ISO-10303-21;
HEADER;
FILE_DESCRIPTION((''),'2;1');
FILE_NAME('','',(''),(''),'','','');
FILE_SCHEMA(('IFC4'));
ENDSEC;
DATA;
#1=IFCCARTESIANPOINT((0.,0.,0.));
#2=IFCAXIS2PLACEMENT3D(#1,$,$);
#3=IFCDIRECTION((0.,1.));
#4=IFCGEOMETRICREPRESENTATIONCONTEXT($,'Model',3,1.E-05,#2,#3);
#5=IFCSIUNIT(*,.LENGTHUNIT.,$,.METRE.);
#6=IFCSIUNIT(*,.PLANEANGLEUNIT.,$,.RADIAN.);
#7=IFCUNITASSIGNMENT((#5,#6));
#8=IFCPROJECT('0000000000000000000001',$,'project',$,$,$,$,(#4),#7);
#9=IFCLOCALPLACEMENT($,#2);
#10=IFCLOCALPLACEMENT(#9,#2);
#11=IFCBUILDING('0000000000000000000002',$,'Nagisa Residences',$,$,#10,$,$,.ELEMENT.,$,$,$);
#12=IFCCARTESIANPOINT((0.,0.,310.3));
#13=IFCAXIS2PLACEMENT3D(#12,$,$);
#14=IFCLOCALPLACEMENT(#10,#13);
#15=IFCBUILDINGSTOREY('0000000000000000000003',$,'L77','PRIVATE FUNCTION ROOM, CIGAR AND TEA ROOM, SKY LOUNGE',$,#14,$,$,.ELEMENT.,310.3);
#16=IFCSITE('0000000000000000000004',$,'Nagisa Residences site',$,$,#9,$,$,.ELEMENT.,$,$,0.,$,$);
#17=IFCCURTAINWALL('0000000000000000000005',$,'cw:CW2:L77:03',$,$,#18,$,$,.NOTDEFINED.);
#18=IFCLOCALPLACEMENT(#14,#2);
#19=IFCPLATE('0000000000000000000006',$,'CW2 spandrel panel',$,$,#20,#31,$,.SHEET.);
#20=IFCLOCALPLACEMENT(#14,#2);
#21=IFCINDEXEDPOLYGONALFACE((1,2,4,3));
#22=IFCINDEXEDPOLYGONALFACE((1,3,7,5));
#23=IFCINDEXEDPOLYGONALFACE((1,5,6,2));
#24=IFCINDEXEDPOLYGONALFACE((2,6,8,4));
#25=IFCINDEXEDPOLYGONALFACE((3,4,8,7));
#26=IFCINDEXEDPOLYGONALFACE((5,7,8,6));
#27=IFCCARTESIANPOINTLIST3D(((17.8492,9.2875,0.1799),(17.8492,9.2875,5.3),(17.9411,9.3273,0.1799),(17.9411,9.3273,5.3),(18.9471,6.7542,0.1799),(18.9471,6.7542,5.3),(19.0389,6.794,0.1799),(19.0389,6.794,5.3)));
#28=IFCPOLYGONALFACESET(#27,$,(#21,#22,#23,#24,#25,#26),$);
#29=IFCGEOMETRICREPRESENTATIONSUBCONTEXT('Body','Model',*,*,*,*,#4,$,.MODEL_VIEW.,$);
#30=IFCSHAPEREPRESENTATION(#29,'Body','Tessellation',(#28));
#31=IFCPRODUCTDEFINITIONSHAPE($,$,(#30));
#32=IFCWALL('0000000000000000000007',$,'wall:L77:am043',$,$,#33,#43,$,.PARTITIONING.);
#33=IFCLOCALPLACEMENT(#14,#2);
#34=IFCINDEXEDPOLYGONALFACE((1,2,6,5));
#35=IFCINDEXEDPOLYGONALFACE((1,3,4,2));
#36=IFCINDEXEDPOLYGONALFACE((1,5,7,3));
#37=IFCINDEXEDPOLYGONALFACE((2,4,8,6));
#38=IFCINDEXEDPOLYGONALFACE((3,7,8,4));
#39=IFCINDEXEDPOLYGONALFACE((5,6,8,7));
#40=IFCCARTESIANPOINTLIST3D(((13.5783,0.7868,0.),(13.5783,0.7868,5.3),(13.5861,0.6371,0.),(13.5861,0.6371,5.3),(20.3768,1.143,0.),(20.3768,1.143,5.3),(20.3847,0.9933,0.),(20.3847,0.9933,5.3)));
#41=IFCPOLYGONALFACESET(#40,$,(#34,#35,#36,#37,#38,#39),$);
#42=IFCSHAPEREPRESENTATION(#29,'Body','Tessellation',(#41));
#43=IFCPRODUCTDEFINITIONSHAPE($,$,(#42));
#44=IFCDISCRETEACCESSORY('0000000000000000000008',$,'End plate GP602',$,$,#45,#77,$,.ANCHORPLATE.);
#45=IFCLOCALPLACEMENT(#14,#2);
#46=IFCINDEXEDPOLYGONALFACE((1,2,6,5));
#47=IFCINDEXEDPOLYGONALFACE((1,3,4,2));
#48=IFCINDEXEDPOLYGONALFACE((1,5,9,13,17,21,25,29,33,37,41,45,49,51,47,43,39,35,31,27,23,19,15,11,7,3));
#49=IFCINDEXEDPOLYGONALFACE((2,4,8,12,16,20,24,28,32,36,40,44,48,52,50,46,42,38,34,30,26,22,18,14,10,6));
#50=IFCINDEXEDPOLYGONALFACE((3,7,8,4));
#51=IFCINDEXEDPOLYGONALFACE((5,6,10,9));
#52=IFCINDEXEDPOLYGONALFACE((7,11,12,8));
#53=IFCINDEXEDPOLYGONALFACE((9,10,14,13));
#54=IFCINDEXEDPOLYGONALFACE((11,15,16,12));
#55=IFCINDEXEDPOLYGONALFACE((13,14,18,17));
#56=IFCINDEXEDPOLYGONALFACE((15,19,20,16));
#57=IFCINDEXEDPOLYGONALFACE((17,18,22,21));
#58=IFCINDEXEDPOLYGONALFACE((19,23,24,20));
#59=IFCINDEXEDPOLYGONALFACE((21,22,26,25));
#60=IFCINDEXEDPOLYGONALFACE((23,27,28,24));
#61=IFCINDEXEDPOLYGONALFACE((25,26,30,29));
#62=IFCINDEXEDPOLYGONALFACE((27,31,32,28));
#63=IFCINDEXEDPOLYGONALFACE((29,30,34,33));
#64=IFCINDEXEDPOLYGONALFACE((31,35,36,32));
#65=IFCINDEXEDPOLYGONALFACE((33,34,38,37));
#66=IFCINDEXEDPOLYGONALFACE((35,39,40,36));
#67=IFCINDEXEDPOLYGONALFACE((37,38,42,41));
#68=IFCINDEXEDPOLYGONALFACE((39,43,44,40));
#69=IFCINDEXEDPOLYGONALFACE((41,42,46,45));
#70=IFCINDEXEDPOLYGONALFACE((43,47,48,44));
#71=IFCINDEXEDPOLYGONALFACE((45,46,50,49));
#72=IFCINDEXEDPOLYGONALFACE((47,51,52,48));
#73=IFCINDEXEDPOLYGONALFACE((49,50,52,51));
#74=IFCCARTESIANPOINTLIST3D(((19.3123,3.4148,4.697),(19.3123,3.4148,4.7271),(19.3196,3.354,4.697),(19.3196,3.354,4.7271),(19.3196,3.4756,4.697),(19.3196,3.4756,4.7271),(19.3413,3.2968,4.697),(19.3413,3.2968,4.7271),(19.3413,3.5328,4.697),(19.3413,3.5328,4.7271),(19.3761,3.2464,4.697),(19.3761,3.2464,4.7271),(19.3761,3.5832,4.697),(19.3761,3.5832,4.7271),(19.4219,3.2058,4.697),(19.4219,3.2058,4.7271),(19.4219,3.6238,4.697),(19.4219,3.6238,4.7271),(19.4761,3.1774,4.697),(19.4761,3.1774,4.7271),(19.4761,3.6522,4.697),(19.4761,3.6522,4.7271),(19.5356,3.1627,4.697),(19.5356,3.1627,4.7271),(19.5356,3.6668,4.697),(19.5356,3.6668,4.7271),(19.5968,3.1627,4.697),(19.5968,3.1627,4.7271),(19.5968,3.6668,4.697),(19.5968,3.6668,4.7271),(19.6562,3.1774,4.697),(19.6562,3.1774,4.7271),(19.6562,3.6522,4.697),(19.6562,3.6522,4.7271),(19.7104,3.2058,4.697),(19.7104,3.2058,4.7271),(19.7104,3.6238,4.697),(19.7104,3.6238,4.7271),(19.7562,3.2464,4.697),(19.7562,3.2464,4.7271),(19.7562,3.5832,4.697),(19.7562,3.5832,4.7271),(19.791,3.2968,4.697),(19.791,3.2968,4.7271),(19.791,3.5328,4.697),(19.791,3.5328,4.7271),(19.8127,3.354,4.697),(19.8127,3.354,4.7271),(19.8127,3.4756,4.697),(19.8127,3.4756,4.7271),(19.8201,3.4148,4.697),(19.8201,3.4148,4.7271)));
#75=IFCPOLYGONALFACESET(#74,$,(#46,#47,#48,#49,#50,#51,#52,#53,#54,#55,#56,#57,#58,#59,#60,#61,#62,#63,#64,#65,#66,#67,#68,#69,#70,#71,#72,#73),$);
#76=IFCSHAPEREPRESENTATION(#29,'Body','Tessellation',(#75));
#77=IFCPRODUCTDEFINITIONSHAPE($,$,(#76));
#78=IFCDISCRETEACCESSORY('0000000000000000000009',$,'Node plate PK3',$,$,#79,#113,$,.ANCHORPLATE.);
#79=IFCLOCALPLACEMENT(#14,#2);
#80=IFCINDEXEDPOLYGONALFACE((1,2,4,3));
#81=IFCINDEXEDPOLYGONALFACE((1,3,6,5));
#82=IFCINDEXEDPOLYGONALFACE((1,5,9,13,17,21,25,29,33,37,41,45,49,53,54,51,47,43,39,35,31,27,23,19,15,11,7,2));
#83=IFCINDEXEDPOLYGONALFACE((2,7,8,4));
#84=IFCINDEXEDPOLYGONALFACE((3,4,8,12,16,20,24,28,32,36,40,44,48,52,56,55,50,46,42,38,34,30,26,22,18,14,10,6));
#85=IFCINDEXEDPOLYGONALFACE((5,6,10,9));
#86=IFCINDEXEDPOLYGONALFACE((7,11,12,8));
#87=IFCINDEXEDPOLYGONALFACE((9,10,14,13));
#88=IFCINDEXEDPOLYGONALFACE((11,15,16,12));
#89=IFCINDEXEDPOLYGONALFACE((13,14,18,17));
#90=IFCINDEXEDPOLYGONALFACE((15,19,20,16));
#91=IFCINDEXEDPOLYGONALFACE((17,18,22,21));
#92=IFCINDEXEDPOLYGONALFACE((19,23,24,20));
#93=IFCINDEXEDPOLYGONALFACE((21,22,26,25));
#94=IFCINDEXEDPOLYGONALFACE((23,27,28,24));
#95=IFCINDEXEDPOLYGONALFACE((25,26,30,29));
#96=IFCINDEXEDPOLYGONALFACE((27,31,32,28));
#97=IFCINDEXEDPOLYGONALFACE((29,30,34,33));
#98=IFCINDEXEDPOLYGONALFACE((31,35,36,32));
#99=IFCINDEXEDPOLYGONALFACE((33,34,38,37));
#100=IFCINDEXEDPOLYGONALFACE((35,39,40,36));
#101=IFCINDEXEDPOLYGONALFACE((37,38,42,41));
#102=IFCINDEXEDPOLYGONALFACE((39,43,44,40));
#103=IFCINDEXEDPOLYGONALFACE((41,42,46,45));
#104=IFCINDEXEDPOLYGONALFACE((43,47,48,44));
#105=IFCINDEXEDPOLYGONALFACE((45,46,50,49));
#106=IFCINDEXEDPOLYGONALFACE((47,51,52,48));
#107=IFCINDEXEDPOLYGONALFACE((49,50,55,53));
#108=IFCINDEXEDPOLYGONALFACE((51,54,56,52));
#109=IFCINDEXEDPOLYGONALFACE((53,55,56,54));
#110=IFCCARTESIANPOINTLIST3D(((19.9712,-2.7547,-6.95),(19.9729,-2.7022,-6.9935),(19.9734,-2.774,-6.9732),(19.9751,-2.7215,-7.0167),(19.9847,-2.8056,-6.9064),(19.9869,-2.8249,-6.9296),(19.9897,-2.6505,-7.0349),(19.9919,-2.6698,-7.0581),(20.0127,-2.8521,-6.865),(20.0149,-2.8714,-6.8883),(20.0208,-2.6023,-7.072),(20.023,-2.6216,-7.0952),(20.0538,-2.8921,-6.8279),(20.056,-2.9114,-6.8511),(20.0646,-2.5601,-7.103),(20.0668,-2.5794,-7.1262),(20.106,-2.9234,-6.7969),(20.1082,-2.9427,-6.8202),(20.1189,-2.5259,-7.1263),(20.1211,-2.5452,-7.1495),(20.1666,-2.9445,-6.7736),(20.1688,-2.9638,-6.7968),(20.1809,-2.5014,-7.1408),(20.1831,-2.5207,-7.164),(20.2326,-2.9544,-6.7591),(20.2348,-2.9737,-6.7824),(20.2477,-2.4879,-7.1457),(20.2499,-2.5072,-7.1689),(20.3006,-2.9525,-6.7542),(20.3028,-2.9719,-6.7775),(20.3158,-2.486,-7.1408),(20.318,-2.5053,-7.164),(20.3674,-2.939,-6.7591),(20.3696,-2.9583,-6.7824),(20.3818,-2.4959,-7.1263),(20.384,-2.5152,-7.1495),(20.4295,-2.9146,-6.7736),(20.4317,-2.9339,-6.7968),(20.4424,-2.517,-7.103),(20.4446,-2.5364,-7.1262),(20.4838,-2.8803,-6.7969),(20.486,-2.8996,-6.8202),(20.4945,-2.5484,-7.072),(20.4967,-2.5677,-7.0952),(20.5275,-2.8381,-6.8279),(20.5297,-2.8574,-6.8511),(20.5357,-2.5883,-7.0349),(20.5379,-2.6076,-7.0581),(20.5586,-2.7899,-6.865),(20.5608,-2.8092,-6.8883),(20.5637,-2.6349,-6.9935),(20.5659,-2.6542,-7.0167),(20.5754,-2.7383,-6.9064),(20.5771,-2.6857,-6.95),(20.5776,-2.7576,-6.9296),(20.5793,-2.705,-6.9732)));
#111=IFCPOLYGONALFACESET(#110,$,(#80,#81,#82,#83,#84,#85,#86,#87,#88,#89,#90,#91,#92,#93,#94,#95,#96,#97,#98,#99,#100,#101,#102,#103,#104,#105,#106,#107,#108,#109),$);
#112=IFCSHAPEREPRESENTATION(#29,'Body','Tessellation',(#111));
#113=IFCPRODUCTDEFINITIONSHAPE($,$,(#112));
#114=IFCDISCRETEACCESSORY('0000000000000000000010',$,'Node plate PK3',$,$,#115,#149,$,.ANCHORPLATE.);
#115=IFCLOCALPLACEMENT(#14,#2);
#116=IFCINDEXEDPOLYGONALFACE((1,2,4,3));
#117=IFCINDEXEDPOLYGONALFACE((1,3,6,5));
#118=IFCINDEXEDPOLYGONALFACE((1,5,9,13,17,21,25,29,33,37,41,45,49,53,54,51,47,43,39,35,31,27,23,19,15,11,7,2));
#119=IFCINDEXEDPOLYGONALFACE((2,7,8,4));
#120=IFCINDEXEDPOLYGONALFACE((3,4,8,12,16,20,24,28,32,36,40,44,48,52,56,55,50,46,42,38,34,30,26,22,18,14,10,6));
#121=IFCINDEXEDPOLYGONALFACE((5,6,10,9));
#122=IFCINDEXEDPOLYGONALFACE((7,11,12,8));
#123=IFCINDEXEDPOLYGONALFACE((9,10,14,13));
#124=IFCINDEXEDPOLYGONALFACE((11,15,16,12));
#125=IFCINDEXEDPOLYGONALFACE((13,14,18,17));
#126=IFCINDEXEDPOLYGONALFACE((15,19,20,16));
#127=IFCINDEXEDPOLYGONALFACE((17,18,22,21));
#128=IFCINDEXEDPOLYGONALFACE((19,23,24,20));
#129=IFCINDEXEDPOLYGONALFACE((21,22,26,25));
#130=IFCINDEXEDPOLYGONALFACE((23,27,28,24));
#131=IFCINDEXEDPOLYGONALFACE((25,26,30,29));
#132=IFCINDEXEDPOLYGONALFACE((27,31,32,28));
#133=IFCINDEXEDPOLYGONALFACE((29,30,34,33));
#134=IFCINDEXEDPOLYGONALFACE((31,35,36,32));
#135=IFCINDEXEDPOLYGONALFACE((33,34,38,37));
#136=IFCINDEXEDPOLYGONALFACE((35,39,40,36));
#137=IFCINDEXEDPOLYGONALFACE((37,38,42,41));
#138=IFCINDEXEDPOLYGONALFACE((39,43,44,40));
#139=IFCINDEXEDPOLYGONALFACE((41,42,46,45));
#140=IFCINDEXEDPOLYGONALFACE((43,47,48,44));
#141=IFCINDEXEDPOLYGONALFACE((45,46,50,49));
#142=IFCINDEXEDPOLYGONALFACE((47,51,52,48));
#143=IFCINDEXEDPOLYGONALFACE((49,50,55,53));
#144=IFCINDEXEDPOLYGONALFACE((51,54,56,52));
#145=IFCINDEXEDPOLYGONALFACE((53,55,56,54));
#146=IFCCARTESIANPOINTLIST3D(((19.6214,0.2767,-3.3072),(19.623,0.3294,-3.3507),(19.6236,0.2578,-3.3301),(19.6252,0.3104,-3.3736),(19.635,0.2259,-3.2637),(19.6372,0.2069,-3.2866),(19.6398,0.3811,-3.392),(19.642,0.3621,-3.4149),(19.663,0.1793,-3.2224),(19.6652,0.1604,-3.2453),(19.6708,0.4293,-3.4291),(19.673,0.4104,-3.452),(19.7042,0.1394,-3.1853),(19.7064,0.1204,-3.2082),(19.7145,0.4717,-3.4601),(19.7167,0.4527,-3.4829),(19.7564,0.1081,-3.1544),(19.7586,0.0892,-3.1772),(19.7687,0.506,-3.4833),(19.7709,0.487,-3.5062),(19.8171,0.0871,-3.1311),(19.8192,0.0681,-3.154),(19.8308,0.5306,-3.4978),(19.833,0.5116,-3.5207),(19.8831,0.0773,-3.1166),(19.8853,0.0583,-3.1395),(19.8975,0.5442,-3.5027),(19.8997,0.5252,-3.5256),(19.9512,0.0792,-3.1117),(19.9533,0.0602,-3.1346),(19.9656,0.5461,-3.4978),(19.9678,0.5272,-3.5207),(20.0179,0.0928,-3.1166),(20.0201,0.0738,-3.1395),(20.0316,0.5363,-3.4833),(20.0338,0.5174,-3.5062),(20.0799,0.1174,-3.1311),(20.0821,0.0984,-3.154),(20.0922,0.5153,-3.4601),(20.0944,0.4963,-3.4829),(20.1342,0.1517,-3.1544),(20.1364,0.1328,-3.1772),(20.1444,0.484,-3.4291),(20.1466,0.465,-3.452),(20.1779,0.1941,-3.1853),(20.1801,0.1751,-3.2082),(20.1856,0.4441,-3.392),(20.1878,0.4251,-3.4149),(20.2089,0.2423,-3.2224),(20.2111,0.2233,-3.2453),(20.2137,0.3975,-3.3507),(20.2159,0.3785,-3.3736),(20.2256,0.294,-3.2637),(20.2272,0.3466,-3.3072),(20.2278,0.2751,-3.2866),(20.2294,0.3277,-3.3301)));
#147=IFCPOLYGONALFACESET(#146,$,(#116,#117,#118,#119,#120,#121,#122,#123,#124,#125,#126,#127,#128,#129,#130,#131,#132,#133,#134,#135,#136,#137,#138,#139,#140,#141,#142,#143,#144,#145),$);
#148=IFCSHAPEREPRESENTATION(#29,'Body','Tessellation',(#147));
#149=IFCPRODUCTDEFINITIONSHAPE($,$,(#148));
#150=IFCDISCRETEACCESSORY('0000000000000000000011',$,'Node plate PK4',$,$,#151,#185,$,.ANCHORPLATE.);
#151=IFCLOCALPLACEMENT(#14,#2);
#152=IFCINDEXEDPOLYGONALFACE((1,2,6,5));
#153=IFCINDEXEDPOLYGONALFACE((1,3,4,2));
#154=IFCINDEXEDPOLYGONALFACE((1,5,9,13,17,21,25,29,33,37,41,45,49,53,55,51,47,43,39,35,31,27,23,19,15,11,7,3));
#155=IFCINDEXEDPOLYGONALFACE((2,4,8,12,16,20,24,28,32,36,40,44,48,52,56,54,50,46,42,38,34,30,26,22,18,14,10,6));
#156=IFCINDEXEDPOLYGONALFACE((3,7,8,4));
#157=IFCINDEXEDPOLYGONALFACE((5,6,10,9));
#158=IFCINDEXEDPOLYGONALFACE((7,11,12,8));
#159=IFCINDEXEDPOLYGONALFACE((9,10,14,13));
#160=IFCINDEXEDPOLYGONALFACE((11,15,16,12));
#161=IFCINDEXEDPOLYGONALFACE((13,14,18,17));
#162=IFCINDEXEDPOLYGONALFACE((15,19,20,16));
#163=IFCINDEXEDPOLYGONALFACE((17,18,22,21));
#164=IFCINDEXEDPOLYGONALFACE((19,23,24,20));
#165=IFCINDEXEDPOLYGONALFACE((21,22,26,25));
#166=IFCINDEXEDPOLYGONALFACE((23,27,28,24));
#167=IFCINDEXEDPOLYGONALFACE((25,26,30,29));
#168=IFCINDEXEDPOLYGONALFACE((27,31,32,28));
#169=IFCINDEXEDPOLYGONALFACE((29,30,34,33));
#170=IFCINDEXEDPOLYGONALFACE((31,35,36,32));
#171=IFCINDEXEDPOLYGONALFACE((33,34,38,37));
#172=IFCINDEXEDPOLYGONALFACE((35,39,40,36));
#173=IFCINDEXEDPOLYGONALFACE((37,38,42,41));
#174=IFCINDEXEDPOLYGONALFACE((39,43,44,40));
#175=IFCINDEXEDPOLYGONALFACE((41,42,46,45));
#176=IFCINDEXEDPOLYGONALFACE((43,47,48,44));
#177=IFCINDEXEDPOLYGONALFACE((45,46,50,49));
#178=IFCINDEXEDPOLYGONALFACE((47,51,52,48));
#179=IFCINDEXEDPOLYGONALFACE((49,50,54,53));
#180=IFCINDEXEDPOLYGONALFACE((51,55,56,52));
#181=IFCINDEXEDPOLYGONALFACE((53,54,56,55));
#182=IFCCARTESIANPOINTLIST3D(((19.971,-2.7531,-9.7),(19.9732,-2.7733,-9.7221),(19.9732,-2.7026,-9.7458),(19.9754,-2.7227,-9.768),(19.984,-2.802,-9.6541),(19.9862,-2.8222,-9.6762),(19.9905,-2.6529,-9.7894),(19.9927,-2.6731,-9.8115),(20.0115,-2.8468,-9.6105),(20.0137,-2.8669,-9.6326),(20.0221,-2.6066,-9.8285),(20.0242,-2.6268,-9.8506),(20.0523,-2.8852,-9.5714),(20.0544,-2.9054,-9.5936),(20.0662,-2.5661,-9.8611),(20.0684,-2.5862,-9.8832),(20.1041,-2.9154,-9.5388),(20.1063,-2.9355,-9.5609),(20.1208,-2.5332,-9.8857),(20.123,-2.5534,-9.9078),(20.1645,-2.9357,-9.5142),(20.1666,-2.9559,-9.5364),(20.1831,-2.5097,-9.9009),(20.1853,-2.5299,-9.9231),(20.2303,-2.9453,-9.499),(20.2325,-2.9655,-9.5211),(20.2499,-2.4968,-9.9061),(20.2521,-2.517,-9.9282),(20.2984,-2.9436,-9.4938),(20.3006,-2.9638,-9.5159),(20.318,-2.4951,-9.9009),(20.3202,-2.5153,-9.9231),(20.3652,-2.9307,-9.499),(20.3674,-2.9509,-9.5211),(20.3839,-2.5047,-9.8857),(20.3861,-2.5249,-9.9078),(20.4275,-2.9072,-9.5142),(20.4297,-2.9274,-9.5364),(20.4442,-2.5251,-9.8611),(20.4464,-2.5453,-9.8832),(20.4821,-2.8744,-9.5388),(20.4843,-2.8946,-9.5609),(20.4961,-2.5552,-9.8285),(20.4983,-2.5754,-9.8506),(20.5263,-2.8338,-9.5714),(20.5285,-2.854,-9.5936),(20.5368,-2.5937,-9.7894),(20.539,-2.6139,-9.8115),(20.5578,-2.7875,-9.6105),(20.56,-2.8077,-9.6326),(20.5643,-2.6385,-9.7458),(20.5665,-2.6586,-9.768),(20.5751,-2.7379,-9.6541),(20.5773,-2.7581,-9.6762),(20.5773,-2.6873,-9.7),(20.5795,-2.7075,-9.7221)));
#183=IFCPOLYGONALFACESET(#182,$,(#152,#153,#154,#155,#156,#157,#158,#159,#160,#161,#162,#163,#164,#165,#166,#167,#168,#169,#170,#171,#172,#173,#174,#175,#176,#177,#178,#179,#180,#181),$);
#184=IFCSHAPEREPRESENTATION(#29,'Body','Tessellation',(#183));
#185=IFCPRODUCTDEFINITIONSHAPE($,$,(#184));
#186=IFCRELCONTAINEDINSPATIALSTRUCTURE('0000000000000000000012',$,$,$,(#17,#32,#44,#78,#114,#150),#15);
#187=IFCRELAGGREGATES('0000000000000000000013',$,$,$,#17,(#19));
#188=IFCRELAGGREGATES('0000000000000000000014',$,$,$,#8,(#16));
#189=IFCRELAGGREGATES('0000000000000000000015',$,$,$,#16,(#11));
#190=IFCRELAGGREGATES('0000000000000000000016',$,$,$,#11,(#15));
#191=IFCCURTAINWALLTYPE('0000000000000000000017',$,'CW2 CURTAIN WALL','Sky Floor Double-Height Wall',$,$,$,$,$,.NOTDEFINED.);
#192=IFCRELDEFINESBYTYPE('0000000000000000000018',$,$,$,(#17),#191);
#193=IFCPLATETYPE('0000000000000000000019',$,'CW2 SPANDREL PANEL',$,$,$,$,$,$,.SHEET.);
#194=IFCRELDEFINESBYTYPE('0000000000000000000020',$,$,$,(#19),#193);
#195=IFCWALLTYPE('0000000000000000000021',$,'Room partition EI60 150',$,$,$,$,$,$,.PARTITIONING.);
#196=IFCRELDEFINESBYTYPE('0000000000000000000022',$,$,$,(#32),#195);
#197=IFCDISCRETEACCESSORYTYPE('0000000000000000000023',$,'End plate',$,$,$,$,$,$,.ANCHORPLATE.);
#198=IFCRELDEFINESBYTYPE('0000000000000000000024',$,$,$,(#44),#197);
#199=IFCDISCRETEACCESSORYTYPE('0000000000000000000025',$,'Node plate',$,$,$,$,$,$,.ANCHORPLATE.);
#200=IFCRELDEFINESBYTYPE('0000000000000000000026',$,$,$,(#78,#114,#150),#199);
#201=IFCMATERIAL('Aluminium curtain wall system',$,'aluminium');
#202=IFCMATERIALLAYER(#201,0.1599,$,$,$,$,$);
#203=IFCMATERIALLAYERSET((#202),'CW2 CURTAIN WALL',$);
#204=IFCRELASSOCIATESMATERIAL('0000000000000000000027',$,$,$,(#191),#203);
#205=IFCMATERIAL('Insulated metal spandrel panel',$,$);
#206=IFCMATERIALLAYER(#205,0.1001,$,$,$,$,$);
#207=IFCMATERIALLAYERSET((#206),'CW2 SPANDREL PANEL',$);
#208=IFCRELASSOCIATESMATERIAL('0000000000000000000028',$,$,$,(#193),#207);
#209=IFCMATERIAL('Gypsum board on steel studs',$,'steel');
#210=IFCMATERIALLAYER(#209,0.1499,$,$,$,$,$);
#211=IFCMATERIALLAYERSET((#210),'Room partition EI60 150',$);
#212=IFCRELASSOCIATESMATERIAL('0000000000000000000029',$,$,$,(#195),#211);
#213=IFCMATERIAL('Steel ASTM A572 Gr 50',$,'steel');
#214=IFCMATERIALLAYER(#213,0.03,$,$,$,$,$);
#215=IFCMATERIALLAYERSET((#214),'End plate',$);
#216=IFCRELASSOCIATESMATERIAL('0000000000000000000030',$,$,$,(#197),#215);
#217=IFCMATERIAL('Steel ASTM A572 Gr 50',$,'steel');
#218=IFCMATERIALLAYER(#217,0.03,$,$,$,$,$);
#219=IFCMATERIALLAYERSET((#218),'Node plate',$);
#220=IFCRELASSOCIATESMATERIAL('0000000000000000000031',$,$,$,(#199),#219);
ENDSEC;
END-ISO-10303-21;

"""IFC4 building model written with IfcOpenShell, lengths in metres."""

from ifc_helpers import new_model, si_unit, direction, frame, frame_2d, origin, origin_2d, place, context, subcontext, project, spatial, rectangle, circle, extrude, material, layer, layer_set, type_object, element, aggregate, save


model = new_model("IFC4")

# Units and contexts
model_context = context("Model", 3, precision=1e-05, world=origin(), true_north=direction((0.0, 1.0)))
body_context = subcontext(model_context, "Body", "Model", "MODEL_VIEW")
ifc_project = project(units=[si_unit("LENGTHUNIT", "METRE"), si_unit("PLANEANGLEUNIT", "RADIAN")], contexts=[model_context])

# Site, building, storey
site_placement = place(None, origin())
site = spatial("IfcSite", under=ifc_project, at=site_placement, Name="Nagisa Residences site", CompositionType="ELEMENT", RefElevation=0.0)
building_placement = place(site_placement, origin())
building = spatial("IfcBuilding", under=site, at=building_placement, Name="Nagisa Residences", CompositionType="ELEMENT")
storey_placement = place(building_placement, frame((0.0, 0.0, 310.3)))
storey = spatial("IfcBuildingStorey", under=building, at=storey_placement, Name="L77", Description="PRIVATE FUNCTION ROOM, CIGAR AND TEA ROOM, SKY LOUNGE", CompositionType="ELEMENT", Elevation=310.3)

# Curtain wall
ifc_material_1 = material(Name="Aluminium curtain wall system", Category="aluminium")
ifc_layer_1 = layer(ifc_material_1, 0.1599)
ifc_layer_set_1 = layer_set([ifc_layer_1], Name="CW2 CURTAIN WALL")
curtain_wall_type = type_object("IfcCurtainWallType", Name="CW2 CURTAIN WALL", Description="Sky Floor Double-Height Wall", PredefinedType="NOTDEFINED", material=ifc_layer_set_1)
curtain_wall_1_placement = place(storey_placement, origin())
curtain_wall_1 = element("IfcCurtainWall", 1, at=curtain_wall_1_placement, inside=storey, type_object=curtain_wall_type, Name="cw:CW2:L77:03", PredefinedType="NOTDEFINED")

# Plate
ifc_material_2 = material(Name="Insulated metal spandrel panel")
ifc_layer_2 = layer(ifc_material_2, 0.1001)
ifc_layer_set_2 = layer_set([ifc_layer_2], Name="CW2 SPANDREL PANEL")
plate_type = type_object("IfcPlateType", Name="CW2 SPANDREL PANEL", PredefinedType="SHEET", material=ifc_layer_set_2)
plate_1_placement = place(storey_placement, frame((18.4441, 8.0408, 0.1799), z_axis=(0.0, 0.0, 1.0), x_axis=(-0.397636, 0.917543, 0.0)))
plate_1 = element("IfcPlate", 2, at=plate_1_placement, type_object=plate_type, Name="CW2 spandrel panel", PredefinedType="SHEET", context=body_context, shape_type="SweptSolid", body=[
    extrude(rectangle(XDim=2.761, YDim=0.1001, at=origin_2d()), origin(), (0.0, 0.0, 1.0), 5.1201),
])
aggregate(curtain_wall_1, [plate_1])

# Wall
ifc_material_3 = material(Name="Gypsum board on steel studs", Category="steel")
ifc_layer_3 = layer(ifc_material_3, 0.1499)
ifc_layer_set_3 = layer_set([ifc_layer_3], Name="Room partition EI60 150")
wall_type = type_object("IfcWallType", Name="Room partition EI60 150", PredefinedType="PARTITIONING", material=ifc_layer_set_3)
wall_placement = place(storey_placement, frame((20.3806, 1.0681, 0.0), z_axis=(0.0, 0.0, 1.0), x_axis=(-0.99863, -0.052322, 0.0)))
element("IfcWall", 3, at=wall_placement, inside=storey, type_object=wall_type, Name="wall:L77:am043", PredefinedType="PARTITIONING", context=body_context, shape_type="SweptSolid", body=[
    extrude(rectangle(XDim=6.8079, YDim=0.1499, at=frame_2d((3.4038, 0.0))), origin(), (0.0, 0.0, 1.0), 5.3),
])

# Discrete accessories
ifc_material_4 = material(Name="Steel ASTM A572 Gr 50", Category="steel")
ifc_layer_4 = layer(ifc_material_4, 0.03)
ifc_layer_set_4 = layer_set([ifc_layer_4], Name="End plate")
discrete_accessory_type_1 = type_object("IfcDiscreteAccessoryType", Name="End plate", PredefinedType="ANCHORPLATE", material=ifc_layer_set_4)
discrete_accessory_1_placement = place(storey_placement, frame((19.5662, 3.4148, 4.697), z_axis=(0.0, 0.0, 1.0), x_axis=(1.0, 0.0, 0.0)))
element("IfcDiscreteAccessory", 4, at=discrete_accessory_1_placement, inside=storey, type_object=discrete_accessory_type_1, Name="End plate GP602", PredefinedType="ANCHORPLATE", context=body_context, shape_type="SweptSolid", body=[
    extrude(circle(Radius=0.2539, at=origin_2d()), origin(), (0.0, 0.0, 1.0), 0.03),
])
ifc_material_5 = material(Name="Steel ASTM A572 Gr 50", Category="steel")
ifc_layer_5 = layer(ifc_material_5, 0.03)
ifc_layer_set_5 = layer_set([ifc_layer_5], Name="Node plate")
discrete_accessory_type_2 = type_object("IfcDiscreteAccessoryType", Name="Node plate", PredefinedType="ANCHORPLATE", material=ifc_layer_set_5)
discrete_accessory_2_placement = place(storey_placement, frame((20.2742, -2.7202, -6.95), z_axis=(0.072649, -0.637698, -0.766853), x_axis=(0.993573, 0.113192, 0.0)))
element("IfcDiscreteAccessory", 5, at=discrete_accessory_2_placement, inside=storey, type_object=discrete_accessory_type_2, Name="Node plate PK3", PredefinedType="ANCHORPLATE", context=body_context, shape_type="SweptSolid", body=[
    extrude(circle(Radius=0.3049, at=origin_2d()), origin(), (0.0, 0.0, 1.0), 0.0303),
])
discrete_accessory_3_placement = place(storey_placement, frame((19.9265, 0.2927, -3.3301), z_axis=(-0.073482, 0.636846, 0.767481), x_axis=(-0.993409, -0.114624, 0.0)))
element("IfcDiscreteAccessory", 6, at=discrete_accessory_3_placement, inside=storey, type_object=discrete_accessory_type_2, Name="Node plate PK3", PredefinedType="ANCHORPLATE", context=body_context, shape_type="SweptSolid", body=[
    extrude(circle(Radius=0.3049, at=origin_2d()), origin(), (0.0, 0.0, 1.0), 0.0298),
])
for number, where, z_axis, x_axis, name in (
    (7, (20.2742, -2.7202, -9.7), (0.072877, -0.672092, -0.736872), (0.994172, 0.107802, 0.0), "Node plate PK4"),
):
    element("IfcDiscreteAccessory", number, at=place(storey_placement, frame(where, z_axis=z_axis, x_axis=x_axis)), inside=storey, type_object=discrete_accessory_type_2, Name=name, PredefinedType="ANCHORPLATE", context=body_context, shape_type="SweptSolid", body=[
        extrude(circle(Radius=0.3049, at=origin_2d()), origin(), (0.0, 0.0, 1.0), 0.03),
    ])

save(model, "model.ifc")
